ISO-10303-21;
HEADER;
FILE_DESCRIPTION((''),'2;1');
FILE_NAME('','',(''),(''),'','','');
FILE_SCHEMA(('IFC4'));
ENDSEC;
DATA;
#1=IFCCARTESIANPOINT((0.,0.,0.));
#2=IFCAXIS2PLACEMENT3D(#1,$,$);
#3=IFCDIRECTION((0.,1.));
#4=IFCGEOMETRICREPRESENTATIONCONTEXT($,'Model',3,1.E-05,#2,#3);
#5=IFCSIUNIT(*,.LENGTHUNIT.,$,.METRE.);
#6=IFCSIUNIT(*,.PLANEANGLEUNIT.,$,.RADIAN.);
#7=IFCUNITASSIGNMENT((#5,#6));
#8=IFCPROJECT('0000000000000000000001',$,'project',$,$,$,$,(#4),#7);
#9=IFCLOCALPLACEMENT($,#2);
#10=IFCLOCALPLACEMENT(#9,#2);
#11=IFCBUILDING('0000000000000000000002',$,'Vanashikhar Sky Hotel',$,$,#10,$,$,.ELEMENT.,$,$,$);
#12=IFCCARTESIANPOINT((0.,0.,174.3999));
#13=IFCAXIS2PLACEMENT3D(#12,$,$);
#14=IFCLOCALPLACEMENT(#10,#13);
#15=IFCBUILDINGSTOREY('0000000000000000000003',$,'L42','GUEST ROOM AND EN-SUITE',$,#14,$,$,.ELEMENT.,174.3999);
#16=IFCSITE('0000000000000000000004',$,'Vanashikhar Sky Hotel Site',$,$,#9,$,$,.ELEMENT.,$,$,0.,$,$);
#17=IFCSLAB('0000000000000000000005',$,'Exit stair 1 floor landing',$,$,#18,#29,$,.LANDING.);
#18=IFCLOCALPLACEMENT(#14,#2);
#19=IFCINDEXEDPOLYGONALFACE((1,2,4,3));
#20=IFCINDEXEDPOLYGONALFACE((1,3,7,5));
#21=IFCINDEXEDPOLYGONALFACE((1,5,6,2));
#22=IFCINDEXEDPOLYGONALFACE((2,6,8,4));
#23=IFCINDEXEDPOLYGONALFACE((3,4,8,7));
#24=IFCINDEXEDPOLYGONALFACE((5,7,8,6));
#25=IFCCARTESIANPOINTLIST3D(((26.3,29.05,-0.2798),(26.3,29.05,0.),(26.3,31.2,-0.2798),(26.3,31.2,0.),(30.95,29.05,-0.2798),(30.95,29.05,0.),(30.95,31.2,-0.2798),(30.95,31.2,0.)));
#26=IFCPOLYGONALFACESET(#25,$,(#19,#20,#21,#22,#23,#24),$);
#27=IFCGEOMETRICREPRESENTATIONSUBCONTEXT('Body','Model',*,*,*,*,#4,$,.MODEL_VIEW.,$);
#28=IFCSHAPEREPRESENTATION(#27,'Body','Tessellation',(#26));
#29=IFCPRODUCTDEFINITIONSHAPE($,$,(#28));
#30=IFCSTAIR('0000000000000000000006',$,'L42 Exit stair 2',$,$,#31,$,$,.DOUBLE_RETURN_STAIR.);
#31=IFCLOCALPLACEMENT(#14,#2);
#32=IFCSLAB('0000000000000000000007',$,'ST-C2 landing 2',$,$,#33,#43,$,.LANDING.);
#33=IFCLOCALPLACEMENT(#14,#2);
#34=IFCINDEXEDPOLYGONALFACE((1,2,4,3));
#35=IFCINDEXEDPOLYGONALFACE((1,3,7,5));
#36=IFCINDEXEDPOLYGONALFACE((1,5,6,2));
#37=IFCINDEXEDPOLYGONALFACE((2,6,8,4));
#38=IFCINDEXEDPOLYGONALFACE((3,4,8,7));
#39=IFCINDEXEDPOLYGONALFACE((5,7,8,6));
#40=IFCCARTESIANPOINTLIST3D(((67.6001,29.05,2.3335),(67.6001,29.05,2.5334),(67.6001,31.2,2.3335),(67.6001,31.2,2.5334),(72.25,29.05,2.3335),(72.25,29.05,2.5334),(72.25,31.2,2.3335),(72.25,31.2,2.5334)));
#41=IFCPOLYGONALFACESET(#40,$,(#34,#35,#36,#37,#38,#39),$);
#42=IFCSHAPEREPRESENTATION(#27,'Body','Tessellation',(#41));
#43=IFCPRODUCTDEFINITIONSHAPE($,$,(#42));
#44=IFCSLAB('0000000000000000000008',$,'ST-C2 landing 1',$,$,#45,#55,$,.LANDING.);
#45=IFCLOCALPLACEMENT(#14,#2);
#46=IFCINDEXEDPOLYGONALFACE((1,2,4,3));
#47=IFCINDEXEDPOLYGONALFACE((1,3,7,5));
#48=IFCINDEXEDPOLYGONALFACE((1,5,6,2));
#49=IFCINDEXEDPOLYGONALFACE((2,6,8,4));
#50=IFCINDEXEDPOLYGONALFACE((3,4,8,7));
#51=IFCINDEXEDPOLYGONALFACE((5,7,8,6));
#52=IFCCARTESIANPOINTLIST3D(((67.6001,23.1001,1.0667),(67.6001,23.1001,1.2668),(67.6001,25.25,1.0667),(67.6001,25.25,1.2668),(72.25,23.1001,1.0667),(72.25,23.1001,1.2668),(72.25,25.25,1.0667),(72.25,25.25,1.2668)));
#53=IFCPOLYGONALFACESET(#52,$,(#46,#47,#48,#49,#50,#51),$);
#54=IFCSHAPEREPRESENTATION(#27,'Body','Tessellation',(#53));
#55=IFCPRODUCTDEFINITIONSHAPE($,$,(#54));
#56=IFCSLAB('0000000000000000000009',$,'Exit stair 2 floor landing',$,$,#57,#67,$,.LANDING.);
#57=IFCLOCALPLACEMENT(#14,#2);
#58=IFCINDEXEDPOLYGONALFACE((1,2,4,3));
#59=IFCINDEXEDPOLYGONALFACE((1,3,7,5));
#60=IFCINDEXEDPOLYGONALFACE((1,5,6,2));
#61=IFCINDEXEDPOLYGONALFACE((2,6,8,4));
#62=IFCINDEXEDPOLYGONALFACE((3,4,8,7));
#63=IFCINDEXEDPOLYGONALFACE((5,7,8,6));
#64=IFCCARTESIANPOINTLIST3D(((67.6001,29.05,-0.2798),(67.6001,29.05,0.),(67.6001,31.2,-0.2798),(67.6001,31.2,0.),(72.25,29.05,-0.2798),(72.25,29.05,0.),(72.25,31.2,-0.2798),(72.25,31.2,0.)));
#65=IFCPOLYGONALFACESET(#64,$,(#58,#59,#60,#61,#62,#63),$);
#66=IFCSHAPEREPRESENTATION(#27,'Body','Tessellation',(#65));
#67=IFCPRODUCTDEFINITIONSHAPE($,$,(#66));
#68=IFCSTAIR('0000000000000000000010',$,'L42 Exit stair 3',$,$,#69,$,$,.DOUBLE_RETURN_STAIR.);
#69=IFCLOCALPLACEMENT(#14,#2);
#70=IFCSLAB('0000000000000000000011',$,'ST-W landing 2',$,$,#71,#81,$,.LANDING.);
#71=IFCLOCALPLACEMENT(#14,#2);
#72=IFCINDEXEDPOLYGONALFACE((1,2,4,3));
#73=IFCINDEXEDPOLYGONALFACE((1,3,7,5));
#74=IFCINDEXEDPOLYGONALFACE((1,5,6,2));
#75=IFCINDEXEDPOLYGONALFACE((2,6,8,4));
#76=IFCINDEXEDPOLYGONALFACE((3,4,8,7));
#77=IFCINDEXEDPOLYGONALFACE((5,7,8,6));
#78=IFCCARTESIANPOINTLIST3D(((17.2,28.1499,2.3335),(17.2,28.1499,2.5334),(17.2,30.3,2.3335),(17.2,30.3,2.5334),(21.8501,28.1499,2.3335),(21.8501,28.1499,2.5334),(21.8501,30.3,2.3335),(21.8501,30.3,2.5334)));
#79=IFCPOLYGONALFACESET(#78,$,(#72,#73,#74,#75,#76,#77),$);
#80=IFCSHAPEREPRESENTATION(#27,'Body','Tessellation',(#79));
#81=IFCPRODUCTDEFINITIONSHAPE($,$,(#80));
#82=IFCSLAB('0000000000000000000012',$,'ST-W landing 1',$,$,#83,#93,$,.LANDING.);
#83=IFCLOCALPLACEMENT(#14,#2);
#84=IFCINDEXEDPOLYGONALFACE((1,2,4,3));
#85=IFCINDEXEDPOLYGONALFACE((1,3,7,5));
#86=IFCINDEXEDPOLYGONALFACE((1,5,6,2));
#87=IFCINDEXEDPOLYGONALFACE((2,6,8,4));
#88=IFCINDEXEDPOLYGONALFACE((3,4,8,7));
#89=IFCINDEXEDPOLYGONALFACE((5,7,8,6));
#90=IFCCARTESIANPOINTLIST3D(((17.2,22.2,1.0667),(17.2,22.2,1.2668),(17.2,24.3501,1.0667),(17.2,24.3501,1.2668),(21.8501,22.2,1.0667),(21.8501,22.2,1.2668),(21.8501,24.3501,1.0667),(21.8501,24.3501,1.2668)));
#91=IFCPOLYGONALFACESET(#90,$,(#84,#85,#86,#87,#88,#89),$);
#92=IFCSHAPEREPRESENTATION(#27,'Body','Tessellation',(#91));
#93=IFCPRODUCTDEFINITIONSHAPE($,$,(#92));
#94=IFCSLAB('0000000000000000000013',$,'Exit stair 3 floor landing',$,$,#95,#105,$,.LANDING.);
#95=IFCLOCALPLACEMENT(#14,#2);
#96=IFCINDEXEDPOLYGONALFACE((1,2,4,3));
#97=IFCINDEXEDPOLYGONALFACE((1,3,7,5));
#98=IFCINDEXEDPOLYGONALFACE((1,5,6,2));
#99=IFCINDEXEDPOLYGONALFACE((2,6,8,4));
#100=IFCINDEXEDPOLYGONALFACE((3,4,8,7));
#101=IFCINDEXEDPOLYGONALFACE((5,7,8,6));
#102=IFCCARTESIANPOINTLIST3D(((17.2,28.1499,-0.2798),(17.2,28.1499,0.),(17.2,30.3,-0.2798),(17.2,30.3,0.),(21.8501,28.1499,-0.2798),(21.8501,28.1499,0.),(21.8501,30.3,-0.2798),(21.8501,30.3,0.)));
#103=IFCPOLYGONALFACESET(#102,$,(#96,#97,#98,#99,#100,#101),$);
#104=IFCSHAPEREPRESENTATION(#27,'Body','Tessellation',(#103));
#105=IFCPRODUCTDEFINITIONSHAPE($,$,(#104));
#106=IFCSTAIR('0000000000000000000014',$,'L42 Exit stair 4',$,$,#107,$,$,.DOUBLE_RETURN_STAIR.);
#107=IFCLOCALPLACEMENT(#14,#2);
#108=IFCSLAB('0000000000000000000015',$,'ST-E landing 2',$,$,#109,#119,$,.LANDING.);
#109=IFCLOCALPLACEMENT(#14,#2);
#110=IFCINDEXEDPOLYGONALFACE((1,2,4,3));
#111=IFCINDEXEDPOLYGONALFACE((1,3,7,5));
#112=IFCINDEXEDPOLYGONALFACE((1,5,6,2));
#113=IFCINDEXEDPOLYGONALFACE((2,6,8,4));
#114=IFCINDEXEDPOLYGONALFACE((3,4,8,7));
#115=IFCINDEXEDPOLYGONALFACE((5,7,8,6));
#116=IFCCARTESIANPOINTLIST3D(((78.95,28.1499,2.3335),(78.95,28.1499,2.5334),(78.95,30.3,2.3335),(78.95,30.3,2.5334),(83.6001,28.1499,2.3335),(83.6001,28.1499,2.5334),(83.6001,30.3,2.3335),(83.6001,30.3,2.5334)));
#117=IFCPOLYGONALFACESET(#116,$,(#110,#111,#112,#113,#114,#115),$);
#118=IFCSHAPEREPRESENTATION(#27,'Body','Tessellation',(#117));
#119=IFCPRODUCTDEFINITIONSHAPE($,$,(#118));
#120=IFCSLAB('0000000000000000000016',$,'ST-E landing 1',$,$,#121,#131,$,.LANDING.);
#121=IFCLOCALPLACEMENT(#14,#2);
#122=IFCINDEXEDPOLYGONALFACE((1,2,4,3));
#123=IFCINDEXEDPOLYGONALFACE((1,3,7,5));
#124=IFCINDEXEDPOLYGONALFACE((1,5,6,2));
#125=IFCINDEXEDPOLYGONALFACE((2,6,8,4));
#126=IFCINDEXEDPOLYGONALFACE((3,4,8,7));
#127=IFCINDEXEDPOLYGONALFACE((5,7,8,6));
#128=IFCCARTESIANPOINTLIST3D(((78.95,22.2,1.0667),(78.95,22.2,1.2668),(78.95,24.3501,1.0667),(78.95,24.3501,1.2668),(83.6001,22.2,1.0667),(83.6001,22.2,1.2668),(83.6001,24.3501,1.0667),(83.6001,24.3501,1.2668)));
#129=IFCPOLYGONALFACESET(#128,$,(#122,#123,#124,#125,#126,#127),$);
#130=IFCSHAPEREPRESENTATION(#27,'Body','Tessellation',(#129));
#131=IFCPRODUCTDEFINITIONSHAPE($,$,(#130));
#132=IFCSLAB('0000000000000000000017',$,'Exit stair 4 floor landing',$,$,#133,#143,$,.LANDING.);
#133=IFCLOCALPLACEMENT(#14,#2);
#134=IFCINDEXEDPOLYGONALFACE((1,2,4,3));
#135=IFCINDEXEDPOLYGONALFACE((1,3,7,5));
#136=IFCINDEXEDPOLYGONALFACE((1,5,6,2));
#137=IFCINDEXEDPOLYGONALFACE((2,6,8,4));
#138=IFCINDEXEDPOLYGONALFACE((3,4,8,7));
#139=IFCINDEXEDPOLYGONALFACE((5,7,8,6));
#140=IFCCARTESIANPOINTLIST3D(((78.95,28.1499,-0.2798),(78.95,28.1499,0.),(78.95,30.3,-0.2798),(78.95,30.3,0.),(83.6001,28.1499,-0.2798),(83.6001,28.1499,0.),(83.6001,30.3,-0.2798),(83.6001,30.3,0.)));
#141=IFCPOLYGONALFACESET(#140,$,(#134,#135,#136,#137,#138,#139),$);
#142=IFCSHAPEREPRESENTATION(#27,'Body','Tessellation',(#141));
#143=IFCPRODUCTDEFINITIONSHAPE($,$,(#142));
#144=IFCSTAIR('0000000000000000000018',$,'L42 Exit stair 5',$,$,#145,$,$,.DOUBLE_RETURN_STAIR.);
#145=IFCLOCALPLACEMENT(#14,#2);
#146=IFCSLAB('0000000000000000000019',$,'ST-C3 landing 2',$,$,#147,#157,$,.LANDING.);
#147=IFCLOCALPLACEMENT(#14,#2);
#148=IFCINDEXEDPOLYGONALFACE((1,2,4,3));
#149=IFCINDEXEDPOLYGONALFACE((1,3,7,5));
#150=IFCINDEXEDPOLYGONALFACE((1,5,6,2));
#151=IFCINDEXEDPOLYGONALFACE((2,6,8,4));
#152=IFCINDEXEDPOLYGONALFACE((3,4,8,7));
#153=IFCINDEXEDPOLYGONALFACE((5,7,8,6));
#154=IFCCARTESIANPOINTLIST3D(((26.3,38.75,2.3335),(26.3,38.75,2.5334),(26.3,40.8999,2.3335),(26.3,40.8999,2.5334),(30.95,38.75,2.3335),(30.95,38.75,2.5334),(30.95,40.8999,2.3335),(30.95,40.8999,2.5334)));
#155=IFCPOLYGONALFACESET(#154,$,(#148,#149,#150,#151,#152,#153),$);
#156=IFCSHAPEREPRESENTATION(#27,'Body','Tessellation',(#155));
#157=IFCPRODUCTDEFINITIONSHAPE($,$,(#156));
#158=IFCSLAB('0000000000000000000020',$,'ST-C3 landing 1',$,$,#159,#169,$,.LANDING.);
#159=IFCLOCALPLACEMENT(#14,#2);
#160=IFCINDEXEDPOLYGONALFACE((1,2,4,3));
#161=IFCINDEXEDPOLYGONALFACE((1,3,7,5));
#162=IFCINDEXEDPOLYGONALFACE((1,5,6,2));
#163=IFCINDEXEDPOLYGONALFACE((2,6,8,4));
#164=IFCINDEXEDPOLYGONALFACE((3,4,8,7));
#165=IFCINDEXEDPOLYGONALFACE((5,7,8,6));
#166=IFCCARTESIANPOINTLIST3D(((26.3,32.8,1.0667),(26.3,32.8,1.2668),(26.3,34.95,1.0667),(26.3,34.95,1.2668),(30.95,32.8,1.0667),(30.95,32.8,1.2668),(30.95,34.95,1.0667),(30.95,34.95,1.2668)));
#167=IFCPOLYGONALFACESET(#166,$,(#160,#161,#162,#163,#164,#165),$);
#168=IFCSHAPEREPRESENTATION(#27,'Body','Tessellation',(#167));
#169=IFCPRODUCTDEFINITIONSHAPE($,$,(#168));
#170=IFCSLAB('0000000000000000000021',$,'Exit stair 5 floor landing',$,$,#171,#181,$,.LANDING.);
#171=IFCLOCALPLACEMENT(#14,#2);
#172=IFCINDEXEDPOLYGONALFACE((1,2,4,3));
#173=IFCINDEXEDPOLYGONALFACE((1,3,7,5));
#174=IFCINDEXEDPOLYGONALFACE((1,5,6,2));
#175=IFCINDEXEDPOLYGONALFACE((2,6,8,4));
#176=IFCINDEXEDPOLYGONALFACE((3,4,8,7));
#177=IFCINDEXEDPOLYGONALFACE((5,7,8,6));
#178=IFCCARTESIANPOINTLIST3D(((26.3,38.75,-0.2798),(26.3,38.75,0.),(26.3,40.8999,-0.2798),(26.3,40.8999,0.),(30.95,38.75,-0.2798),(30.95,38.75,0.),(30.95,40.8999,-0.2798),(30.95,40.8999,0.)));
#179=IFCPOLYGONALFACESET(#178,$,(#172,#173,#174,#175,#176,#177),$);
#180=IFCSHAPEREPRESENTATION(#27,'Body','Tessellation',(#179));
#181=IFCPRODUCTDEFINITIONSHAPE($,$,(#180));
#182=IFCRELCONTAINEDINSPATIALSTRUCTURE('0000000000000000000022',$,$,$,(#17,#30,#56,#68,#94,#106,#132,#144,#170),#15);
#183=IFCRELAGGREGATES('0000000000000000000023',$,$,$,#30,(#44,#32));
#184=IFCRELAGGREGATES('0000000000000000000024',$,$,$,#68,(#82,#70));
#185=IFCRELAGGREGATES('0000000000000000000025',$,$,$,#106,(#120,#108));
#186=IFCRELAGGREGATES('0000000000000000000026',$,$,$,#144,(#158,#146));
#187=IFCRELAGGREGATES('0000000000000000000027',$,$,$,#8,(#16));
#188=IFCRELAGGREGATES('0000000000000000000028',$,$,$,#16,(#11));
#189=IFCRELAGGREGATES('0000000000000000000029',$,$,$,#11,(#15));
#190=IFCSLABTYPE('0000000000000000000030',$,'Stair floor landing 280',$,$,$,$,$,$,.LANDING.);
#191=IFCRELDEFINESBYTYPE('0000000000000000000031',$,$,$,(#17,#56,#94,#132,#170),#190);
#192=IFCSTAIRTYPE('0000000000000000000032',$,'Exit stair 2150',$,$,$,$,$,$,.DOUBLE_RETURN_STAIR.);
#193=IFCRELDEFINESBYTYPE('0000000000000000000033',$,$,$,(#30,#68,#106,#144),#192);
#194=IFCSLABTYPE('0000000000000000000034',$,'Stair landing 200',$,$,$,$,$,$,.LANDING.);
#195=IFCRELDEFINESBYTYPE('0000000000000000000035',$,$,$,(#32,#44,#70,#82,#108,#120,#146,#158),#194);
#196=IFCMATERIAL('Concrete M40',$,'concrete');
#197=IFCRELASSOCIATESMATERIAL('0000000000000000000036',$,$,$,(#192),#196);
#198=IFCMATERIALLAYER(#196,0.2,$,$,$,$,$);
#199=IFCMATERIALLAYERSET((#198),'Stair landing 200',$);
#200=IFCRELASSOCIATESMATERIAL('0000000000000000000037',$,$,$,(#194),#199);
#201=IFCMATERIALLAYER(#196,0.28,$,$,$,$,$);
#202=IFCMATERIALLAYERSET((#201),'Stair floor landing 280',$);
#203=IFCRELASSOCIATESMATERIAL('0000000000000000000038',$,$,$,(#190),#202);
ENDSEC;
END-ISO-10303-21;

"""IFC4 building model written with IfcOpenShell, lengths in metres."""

from ifc_helpers import new_model, si_unit, direction, frame, origin, place, context, subcontext, project, spatial, polyline, outline, extrude, source, transform, mapped, material, layer, layer_set, type_object, element, aggregate, save


model = new_model("IFC4")

# Units and contexts
model_context = context("Model", 3, precision=1e-05, world=origin(), true_north=direction((0.0, 1.0)))
body_context = subcontext(model_context, "Body", "Model", "MODEL_VIEW")
ifc_project = project(units=[si_unit("LENGTHUNIT", "METRE"), si_unit("PLANEANGLEUNIT", "RADIAN")], contexts=[model_context])

# Site, building, storey
site_placement = place(None, origin())
site = spatial("IfcSite", under=ifc_project, at=site_placement, Name="Vanashikhar Sky Hotel Site", CompositionType="ELEMENT", RefElevation=0.0)
building_placement = place(site_placement, origin())
building = spatial("IfcBuilding", under=site, at=building_placement, Name="Vanashikhar Sky Hotel", CompositionType="ELEMENT")
storey_placement = place(building_placement, frame((0.0, 0.0, 174.3999)))
storey = spatial("IfcBuildingStorey", under=building, at=storey_placement, Name="L42", Description="GUEST ROOM AND EN-SUITE", CompositionType="ELEMENT", Elevation=174.3999)

# Shared definitions
ifc_material = material(Name="Concrete M40", Category="concrete")

# Shared definitions
stair_type = type_object("IfcStairType", Name="Exit stair 2150", PredefinedType="DOUBLE_RETURN_STAIR", material=ifc_material)
ifc_layer_1 = layer(ifc_material, 0.2)
ifc_layer_set_1 = layer_set([ifc_layer_1], Name="Stair landing 200")
slab_type_1 = type_object("IfcSlabType", Name="Stair landing 200", PredefinedType="LANDING", material=ifc_layer_set_1)

# Slab
ifc_layer_2 = layer(ifc_material, 0.28)
ifc_layer_set_2 = layer_set([ifc_layer_2], Name="Stair floor landing 280")
slab_type_2 = type_object("IfcSlabType", Name="Stair floor landing 280", PredefinedType="LANDING", material=ifc_layer_set_2)
shared_shape_1 = source(origin(), body_context, "Body", "SweptSolid", [
    extrude(outline(polyline([(30.95, 29.05), (30.95, 31.2), (26.3, 31.2), (26.3, 29.05), (30.95, 29.05)])), origin(), (0.0, 0.0, 1.0), 0.2798),
])
slab_1_placement = place(storey_placement, frame((0.0, 0.0, -0.2798)))
element("IfcSlab", 1, at=slab_1_placement, inside=storey, type_object=slab_type_2, Name="Exit stair 1 floor landing", PredefinedType="LANDING", context=body_context, shape_type="MappedRepresentation", body=[
    mapped(shared_shape_1, transform((0.0, 0.0, 0.0), scale=1.0)),
])

# Stair, slabs
stair_1_placement = place(storey_placement, origin())
stair_1 = element("IfcStair", 2, at=stair_1_placement, inside=storey, type_object=stair_type, Name="L42 Exit stair 2", PredefinedType="DOUBLE_RETURN_STAIR")
shared_shape_2 = source(origin(), body_context, "Body", "SweptSolid", [
    extrude(outline(polyline([(72.25, 29.05), (72.25, 31.2), (67.6001, 31.2), (67.6001, 29.05), (72.25, 29.05)])), origin(), (0.0, 0.0, 1.0), 0.2),
])
slab_2_placement = place(storey_placement, frame((0.0, 0.0, 2.3335)))
slab_2 = element("IfcSlab", 3, at=slab_2_placement, type_object=slab_type_1, Name="ST-C2 landing 2", PredefinedType="LANDING", context=body_context, shape_type="MappedRepresentation", body=[
    mapped(shared_shape_2, transform((0.0, 0.0, 0.0), scale=1.0)),
])
shared_shape_3 = source(origin(), body_context, "Body", "SweptSolid", [
    extrude(outline(polyline([(72.25, 23.1001), (72.25, 25.25), (67.6001, 25.25), (67.6001, 23.1001), (72.25, 23.1001)])), origin(), (0.0, 0.0, 1.0), 0.2002),
])
slab_3_placement = place(storey_placement, frame((0.0, 0.0, 1.0667)))
slab_3 = element("IfcSlab", 4, at=slab_3_placement, type_object=slab_type_1, Name="ST-C2 landing 1", PredefinedType="LANDING", context=body_context, shape_type="MappedRepresentation", body=[
    mapped(shared_shape_3, transform((0.0, 0.0, 0.0), scale=1.0)),
])
aggregate(stair_1, [slab_3, slab_2])

# Slab
shared_shape_4 = source(origin(), body_context, "Body", "SweptSolid", [
    extrude(outline(polyline([(72.25, 29.05), (72.25, 31.2), (67.6001, 31.2), (67.6001, 29.05), (72.25, 29.05)])), origin(), (0.0, 0.0, 1.0), 0.2798),
])
slab_4_placement = place(storey_placement, frame((0.0, 0.0, -0.2798)))
element("IfcSlab", 5, at=slab_4_placement, inside=storey, type_object=slab_type_2, Name="Exit stair 2 floor landing", PredefinedType="LANDING", context=body_context, shape_type="MappedRepresentation", body=[
    mapped(shared_shape_4, transform((0.0, 0.0, 0.0), scale=1.0)),
])

# Stair, slabs
stair_2_placement = place(storey_placement, origin())
stair_2 = element("IfcStair", 6, at=stair_2_placement, inside=storey, type_object=stair_type, Name="L42 Exit stair 3", PredefinedType="DOUBLE_RETURN_STAIR")
shared_shape_5 = source(origin(), body_context, "Body", "SweptSolid", [
    extrude(outline(polyline([(21.8501, 28.1499), (21.8501, 30.3), (17.2, 30.3), (17.2, 28.1499), (21.8501, 28.1499)])), origin(), (0.0, 0.0, 1.0), 0.2),
])
slab_5_placement = place(storey_placement, frame((0.0, 0.0, 2.3335)))
slab_5 = element("IfcSlab", 7, at=slab_5_placement, type_object=slab_type_1, Name="ST-W landing 2", PredefinedType="LANDING", context=body_context, shape_type="MappedRepresentation", body=[
    mapped(shared_shape_5, transform((0.0, 0.0, 0.0), scale=1.0)),
])
shared_shape_6 = source(origin(), body_context, "Body", "SweptSolid", [
    extrude(outline(polyline([(21.8501, 22.2), (21.8501, 24.3501), (17.2, 24.3501), (17.2, 22.2), (21.8501, 22.2)])), origin(), (0.0, 0.0, 1.0), 0.2002),
])
slab_6_placement = place(storey_placement, frame((0.0, 0.0, 1.0667)))
slab_6 = element("IfcSlab", 8, at=slab_6_placement, type_object=slab_type_1, Name="ST-W landing 1", PredefinedType="LANDING", context=body_context, shape_type="MappedRepresentation", body=[
    mapped(shared_shape_6, transform((0.0, 0.0, 0.0), scale=1.0)),
])
aggregate(stair_2, [slab_6, slab_5])

# Slab
shared_shape_7 = source(origin(), body_context, "Body", "SweptSolid", [
    extrude(outline(polyline([(21.8501, 28.1499), (21.8501, 30.3), (17.2, 30.3), (17.2, 28.1499), (21.8501, 28.1499)])), origin(), (0.0, 0.0, 1.0), 0.2798),
])
slab_7_placement = place(storey_placement, frame((0.0, 0.0, -0.2798)))
element("IfcSlab", 9, at=slab_7_placement, inside=storey, type_object=slab_type_2, Name="Exit stair 3 floor landing", PredefinedType="LANDING", context=body_context, shape_type="MappedRepresentation", body=[
    mapped(shared_shape_7, transform((0.0, 0.0, 0.0), scale=1.0)),
])

# Stair, slabs
stair_3_placement = place(storey_placement, origin())
stair_3 = element("IfcStair", 10, at=stair_3_placement, inside=storey, type_object=stair_type, Name="L42 Exit stair 4", PredefinedType="DOUBLE_RETURN_STAIR")
shared_shape_8 = source(origin(), body_context, "Body", "SweptSolid", [
    extrude(outline(polyline([(83.6001, 28.1499), (83.6001, 30.3), (78.95, 30.3), (78.95, 28.1499), (83.6001, 28.1499)])), origin(), (0.0, 0.0, 1.0), 0.2),
])
slab_8_placement = place(storey_placement, frame((0.0, 0.0, 2.3335)))
slab_8 = element("IfcSlab", 11, at=slab_8_placement, type_object=slab_type_1, Name="ST-E landing 2", PredefinedType="LANDING", context=body_context, shape_type="MappedRepresentation", body=[
    mapped(shared_shape_8, transform((0.0, 0.0, 0.0), scale=1.0)),
])
shared_shape_9 = source(origin(), body_context, "Body", "SweptSolid", [
    extrude(outline(polyline([(83.6001, 22.2), (83.6001, 24.3501), (78.95, 24.3501), (78.95, 22.2), (83.6001, 22.2)])), origin(), (0.0, 0.0, 1.0), 0.2002),
])
slab_9_placement = place(storey_placement, frame((0.0, 0.0, 1.0667)))
slab_9 = element("IfcSlab", 12, at=slab_9_placement, type_object=slab_type_1, Name="ST-E landing 1", PredefinedType="LANDING", context=body_context, shape_type="MappedRepresentation", body=[
    mapped(shared_shape_9, transform((0.0, 0.0, 0.0), scale=1.0)),
])
aggregate(stair_3, [slab_9, slab_8])

# Slab
shared_shape_10 = source(origin(), body_context, "Body", "SweptSolid", [
    extrude(outline(polyline([(83.6001, 28.1499), (83.6001, 30.3), (78.95, 30.3), (78.95, 28.1499), (83.6001, 28.1499)])), origin(), (0.0, 0.0, 1.0), 0.2798),
])
slab_10_placement = place(storey_placement, frame((0.0, 0.0, -0.2798)))
element("IfcSlab", 13, at=slab_10_placement, inside=storey, type_object=slab_type_2, Name="Exit stair 4 floor landing", PredefinedType="LANDING", context=body_context, shape_type="MappedRepresentation", body=[
    mapped(shared_shape_10, transform((0.0, 0.0, 0.0), scale=1.0)),
])

# Stair, slabs
stair_4_placement = place(storey_placement, origin())
stair_4 = element("IfcStair", 14, at=stair_4_placement, inside=storey, type_object=stair_type, Name="L42 Exit stair 5", PredefinedType="DOUBLE_RETURN_STAIR")
shared_shape_11 = source(origin(), body_context, "Body", "SweptSolid", [
    extrude(outline(polyline([(30.95, 38.75), (30.95, 40.8999), (26.3, 40.8999), (26.3, 38.75), (30.95, 38.75)])), origin(), (0.0, 0.0, 1.0), 0.2),
])
slab_11_placement = place(storey_placement, frame((0.0, 0.0, 2.3335)))
slab_11 = element("IfcSlab", 15, at=slab_11_placement, type_object=slab_type_1, Name="ST-C3 landing 2", PredefinedType="LANDING", context=body_context, shape_type="MappedRepresentation", body=[
    mapped(shared_shape_11, transform((0.0, 0.0, 0.0), scale=1.0)),
])
shared_shape_12 = source(origin(), body_context, "Body", "SweptSolid", [
    extrude(outline(polyline([(30.95, 32.8), (30.95, 34.95), (26.3, 34.95), (26.3, 32.8), (30.95, 32.8)])), origin(), (0.0, 0.0, 1.0), 0.2002),
])
slab_12_placement = place(storey_placement, frame((0.0, 0.0, 1.0667)))
slab_12 = element("IfcSlab", 16, at=slab_12_placement, type_object=slab_type_1, Name="ST-C3 landing 1", PredefinedType="LANDING", context=body_context, shape_type="MappedRepresentation", body=[
    mapped(shared_shape_12, transform((0.0, 0.0, 0.0), scale=1.0)),
])
aggregate(stair_4, [slab_12, slab_11])

# Slab
shared_shape_13 = source(origin(), body_context, "Body", "SweptSolid", [
    extrude(outline(polyline([(30.95, 38.75), (30.95, 40.8999), (26.3, 40.8999), (26.3, 38.75), (30.95, 38.75)])), origin(), (0.0, 0.0, 1.0), 0.2798),
])
slab_13_placement = place(storey_placement, frame((0.0, 0.0, -0.2798)))
element("IfcSlab", 17, at=slab_13_placement, inside=storey, type_object=slab_type_2, Name="Exit stair 5 floor landing", PredefinedType="LANDING", context=body_context, shape_type="MappedRepresentation", body=[
    mapped(shared_shape_13, transform((0.0, 0.0, 0.0), scale=1.0)),
])

save(model, "model.ifc")
